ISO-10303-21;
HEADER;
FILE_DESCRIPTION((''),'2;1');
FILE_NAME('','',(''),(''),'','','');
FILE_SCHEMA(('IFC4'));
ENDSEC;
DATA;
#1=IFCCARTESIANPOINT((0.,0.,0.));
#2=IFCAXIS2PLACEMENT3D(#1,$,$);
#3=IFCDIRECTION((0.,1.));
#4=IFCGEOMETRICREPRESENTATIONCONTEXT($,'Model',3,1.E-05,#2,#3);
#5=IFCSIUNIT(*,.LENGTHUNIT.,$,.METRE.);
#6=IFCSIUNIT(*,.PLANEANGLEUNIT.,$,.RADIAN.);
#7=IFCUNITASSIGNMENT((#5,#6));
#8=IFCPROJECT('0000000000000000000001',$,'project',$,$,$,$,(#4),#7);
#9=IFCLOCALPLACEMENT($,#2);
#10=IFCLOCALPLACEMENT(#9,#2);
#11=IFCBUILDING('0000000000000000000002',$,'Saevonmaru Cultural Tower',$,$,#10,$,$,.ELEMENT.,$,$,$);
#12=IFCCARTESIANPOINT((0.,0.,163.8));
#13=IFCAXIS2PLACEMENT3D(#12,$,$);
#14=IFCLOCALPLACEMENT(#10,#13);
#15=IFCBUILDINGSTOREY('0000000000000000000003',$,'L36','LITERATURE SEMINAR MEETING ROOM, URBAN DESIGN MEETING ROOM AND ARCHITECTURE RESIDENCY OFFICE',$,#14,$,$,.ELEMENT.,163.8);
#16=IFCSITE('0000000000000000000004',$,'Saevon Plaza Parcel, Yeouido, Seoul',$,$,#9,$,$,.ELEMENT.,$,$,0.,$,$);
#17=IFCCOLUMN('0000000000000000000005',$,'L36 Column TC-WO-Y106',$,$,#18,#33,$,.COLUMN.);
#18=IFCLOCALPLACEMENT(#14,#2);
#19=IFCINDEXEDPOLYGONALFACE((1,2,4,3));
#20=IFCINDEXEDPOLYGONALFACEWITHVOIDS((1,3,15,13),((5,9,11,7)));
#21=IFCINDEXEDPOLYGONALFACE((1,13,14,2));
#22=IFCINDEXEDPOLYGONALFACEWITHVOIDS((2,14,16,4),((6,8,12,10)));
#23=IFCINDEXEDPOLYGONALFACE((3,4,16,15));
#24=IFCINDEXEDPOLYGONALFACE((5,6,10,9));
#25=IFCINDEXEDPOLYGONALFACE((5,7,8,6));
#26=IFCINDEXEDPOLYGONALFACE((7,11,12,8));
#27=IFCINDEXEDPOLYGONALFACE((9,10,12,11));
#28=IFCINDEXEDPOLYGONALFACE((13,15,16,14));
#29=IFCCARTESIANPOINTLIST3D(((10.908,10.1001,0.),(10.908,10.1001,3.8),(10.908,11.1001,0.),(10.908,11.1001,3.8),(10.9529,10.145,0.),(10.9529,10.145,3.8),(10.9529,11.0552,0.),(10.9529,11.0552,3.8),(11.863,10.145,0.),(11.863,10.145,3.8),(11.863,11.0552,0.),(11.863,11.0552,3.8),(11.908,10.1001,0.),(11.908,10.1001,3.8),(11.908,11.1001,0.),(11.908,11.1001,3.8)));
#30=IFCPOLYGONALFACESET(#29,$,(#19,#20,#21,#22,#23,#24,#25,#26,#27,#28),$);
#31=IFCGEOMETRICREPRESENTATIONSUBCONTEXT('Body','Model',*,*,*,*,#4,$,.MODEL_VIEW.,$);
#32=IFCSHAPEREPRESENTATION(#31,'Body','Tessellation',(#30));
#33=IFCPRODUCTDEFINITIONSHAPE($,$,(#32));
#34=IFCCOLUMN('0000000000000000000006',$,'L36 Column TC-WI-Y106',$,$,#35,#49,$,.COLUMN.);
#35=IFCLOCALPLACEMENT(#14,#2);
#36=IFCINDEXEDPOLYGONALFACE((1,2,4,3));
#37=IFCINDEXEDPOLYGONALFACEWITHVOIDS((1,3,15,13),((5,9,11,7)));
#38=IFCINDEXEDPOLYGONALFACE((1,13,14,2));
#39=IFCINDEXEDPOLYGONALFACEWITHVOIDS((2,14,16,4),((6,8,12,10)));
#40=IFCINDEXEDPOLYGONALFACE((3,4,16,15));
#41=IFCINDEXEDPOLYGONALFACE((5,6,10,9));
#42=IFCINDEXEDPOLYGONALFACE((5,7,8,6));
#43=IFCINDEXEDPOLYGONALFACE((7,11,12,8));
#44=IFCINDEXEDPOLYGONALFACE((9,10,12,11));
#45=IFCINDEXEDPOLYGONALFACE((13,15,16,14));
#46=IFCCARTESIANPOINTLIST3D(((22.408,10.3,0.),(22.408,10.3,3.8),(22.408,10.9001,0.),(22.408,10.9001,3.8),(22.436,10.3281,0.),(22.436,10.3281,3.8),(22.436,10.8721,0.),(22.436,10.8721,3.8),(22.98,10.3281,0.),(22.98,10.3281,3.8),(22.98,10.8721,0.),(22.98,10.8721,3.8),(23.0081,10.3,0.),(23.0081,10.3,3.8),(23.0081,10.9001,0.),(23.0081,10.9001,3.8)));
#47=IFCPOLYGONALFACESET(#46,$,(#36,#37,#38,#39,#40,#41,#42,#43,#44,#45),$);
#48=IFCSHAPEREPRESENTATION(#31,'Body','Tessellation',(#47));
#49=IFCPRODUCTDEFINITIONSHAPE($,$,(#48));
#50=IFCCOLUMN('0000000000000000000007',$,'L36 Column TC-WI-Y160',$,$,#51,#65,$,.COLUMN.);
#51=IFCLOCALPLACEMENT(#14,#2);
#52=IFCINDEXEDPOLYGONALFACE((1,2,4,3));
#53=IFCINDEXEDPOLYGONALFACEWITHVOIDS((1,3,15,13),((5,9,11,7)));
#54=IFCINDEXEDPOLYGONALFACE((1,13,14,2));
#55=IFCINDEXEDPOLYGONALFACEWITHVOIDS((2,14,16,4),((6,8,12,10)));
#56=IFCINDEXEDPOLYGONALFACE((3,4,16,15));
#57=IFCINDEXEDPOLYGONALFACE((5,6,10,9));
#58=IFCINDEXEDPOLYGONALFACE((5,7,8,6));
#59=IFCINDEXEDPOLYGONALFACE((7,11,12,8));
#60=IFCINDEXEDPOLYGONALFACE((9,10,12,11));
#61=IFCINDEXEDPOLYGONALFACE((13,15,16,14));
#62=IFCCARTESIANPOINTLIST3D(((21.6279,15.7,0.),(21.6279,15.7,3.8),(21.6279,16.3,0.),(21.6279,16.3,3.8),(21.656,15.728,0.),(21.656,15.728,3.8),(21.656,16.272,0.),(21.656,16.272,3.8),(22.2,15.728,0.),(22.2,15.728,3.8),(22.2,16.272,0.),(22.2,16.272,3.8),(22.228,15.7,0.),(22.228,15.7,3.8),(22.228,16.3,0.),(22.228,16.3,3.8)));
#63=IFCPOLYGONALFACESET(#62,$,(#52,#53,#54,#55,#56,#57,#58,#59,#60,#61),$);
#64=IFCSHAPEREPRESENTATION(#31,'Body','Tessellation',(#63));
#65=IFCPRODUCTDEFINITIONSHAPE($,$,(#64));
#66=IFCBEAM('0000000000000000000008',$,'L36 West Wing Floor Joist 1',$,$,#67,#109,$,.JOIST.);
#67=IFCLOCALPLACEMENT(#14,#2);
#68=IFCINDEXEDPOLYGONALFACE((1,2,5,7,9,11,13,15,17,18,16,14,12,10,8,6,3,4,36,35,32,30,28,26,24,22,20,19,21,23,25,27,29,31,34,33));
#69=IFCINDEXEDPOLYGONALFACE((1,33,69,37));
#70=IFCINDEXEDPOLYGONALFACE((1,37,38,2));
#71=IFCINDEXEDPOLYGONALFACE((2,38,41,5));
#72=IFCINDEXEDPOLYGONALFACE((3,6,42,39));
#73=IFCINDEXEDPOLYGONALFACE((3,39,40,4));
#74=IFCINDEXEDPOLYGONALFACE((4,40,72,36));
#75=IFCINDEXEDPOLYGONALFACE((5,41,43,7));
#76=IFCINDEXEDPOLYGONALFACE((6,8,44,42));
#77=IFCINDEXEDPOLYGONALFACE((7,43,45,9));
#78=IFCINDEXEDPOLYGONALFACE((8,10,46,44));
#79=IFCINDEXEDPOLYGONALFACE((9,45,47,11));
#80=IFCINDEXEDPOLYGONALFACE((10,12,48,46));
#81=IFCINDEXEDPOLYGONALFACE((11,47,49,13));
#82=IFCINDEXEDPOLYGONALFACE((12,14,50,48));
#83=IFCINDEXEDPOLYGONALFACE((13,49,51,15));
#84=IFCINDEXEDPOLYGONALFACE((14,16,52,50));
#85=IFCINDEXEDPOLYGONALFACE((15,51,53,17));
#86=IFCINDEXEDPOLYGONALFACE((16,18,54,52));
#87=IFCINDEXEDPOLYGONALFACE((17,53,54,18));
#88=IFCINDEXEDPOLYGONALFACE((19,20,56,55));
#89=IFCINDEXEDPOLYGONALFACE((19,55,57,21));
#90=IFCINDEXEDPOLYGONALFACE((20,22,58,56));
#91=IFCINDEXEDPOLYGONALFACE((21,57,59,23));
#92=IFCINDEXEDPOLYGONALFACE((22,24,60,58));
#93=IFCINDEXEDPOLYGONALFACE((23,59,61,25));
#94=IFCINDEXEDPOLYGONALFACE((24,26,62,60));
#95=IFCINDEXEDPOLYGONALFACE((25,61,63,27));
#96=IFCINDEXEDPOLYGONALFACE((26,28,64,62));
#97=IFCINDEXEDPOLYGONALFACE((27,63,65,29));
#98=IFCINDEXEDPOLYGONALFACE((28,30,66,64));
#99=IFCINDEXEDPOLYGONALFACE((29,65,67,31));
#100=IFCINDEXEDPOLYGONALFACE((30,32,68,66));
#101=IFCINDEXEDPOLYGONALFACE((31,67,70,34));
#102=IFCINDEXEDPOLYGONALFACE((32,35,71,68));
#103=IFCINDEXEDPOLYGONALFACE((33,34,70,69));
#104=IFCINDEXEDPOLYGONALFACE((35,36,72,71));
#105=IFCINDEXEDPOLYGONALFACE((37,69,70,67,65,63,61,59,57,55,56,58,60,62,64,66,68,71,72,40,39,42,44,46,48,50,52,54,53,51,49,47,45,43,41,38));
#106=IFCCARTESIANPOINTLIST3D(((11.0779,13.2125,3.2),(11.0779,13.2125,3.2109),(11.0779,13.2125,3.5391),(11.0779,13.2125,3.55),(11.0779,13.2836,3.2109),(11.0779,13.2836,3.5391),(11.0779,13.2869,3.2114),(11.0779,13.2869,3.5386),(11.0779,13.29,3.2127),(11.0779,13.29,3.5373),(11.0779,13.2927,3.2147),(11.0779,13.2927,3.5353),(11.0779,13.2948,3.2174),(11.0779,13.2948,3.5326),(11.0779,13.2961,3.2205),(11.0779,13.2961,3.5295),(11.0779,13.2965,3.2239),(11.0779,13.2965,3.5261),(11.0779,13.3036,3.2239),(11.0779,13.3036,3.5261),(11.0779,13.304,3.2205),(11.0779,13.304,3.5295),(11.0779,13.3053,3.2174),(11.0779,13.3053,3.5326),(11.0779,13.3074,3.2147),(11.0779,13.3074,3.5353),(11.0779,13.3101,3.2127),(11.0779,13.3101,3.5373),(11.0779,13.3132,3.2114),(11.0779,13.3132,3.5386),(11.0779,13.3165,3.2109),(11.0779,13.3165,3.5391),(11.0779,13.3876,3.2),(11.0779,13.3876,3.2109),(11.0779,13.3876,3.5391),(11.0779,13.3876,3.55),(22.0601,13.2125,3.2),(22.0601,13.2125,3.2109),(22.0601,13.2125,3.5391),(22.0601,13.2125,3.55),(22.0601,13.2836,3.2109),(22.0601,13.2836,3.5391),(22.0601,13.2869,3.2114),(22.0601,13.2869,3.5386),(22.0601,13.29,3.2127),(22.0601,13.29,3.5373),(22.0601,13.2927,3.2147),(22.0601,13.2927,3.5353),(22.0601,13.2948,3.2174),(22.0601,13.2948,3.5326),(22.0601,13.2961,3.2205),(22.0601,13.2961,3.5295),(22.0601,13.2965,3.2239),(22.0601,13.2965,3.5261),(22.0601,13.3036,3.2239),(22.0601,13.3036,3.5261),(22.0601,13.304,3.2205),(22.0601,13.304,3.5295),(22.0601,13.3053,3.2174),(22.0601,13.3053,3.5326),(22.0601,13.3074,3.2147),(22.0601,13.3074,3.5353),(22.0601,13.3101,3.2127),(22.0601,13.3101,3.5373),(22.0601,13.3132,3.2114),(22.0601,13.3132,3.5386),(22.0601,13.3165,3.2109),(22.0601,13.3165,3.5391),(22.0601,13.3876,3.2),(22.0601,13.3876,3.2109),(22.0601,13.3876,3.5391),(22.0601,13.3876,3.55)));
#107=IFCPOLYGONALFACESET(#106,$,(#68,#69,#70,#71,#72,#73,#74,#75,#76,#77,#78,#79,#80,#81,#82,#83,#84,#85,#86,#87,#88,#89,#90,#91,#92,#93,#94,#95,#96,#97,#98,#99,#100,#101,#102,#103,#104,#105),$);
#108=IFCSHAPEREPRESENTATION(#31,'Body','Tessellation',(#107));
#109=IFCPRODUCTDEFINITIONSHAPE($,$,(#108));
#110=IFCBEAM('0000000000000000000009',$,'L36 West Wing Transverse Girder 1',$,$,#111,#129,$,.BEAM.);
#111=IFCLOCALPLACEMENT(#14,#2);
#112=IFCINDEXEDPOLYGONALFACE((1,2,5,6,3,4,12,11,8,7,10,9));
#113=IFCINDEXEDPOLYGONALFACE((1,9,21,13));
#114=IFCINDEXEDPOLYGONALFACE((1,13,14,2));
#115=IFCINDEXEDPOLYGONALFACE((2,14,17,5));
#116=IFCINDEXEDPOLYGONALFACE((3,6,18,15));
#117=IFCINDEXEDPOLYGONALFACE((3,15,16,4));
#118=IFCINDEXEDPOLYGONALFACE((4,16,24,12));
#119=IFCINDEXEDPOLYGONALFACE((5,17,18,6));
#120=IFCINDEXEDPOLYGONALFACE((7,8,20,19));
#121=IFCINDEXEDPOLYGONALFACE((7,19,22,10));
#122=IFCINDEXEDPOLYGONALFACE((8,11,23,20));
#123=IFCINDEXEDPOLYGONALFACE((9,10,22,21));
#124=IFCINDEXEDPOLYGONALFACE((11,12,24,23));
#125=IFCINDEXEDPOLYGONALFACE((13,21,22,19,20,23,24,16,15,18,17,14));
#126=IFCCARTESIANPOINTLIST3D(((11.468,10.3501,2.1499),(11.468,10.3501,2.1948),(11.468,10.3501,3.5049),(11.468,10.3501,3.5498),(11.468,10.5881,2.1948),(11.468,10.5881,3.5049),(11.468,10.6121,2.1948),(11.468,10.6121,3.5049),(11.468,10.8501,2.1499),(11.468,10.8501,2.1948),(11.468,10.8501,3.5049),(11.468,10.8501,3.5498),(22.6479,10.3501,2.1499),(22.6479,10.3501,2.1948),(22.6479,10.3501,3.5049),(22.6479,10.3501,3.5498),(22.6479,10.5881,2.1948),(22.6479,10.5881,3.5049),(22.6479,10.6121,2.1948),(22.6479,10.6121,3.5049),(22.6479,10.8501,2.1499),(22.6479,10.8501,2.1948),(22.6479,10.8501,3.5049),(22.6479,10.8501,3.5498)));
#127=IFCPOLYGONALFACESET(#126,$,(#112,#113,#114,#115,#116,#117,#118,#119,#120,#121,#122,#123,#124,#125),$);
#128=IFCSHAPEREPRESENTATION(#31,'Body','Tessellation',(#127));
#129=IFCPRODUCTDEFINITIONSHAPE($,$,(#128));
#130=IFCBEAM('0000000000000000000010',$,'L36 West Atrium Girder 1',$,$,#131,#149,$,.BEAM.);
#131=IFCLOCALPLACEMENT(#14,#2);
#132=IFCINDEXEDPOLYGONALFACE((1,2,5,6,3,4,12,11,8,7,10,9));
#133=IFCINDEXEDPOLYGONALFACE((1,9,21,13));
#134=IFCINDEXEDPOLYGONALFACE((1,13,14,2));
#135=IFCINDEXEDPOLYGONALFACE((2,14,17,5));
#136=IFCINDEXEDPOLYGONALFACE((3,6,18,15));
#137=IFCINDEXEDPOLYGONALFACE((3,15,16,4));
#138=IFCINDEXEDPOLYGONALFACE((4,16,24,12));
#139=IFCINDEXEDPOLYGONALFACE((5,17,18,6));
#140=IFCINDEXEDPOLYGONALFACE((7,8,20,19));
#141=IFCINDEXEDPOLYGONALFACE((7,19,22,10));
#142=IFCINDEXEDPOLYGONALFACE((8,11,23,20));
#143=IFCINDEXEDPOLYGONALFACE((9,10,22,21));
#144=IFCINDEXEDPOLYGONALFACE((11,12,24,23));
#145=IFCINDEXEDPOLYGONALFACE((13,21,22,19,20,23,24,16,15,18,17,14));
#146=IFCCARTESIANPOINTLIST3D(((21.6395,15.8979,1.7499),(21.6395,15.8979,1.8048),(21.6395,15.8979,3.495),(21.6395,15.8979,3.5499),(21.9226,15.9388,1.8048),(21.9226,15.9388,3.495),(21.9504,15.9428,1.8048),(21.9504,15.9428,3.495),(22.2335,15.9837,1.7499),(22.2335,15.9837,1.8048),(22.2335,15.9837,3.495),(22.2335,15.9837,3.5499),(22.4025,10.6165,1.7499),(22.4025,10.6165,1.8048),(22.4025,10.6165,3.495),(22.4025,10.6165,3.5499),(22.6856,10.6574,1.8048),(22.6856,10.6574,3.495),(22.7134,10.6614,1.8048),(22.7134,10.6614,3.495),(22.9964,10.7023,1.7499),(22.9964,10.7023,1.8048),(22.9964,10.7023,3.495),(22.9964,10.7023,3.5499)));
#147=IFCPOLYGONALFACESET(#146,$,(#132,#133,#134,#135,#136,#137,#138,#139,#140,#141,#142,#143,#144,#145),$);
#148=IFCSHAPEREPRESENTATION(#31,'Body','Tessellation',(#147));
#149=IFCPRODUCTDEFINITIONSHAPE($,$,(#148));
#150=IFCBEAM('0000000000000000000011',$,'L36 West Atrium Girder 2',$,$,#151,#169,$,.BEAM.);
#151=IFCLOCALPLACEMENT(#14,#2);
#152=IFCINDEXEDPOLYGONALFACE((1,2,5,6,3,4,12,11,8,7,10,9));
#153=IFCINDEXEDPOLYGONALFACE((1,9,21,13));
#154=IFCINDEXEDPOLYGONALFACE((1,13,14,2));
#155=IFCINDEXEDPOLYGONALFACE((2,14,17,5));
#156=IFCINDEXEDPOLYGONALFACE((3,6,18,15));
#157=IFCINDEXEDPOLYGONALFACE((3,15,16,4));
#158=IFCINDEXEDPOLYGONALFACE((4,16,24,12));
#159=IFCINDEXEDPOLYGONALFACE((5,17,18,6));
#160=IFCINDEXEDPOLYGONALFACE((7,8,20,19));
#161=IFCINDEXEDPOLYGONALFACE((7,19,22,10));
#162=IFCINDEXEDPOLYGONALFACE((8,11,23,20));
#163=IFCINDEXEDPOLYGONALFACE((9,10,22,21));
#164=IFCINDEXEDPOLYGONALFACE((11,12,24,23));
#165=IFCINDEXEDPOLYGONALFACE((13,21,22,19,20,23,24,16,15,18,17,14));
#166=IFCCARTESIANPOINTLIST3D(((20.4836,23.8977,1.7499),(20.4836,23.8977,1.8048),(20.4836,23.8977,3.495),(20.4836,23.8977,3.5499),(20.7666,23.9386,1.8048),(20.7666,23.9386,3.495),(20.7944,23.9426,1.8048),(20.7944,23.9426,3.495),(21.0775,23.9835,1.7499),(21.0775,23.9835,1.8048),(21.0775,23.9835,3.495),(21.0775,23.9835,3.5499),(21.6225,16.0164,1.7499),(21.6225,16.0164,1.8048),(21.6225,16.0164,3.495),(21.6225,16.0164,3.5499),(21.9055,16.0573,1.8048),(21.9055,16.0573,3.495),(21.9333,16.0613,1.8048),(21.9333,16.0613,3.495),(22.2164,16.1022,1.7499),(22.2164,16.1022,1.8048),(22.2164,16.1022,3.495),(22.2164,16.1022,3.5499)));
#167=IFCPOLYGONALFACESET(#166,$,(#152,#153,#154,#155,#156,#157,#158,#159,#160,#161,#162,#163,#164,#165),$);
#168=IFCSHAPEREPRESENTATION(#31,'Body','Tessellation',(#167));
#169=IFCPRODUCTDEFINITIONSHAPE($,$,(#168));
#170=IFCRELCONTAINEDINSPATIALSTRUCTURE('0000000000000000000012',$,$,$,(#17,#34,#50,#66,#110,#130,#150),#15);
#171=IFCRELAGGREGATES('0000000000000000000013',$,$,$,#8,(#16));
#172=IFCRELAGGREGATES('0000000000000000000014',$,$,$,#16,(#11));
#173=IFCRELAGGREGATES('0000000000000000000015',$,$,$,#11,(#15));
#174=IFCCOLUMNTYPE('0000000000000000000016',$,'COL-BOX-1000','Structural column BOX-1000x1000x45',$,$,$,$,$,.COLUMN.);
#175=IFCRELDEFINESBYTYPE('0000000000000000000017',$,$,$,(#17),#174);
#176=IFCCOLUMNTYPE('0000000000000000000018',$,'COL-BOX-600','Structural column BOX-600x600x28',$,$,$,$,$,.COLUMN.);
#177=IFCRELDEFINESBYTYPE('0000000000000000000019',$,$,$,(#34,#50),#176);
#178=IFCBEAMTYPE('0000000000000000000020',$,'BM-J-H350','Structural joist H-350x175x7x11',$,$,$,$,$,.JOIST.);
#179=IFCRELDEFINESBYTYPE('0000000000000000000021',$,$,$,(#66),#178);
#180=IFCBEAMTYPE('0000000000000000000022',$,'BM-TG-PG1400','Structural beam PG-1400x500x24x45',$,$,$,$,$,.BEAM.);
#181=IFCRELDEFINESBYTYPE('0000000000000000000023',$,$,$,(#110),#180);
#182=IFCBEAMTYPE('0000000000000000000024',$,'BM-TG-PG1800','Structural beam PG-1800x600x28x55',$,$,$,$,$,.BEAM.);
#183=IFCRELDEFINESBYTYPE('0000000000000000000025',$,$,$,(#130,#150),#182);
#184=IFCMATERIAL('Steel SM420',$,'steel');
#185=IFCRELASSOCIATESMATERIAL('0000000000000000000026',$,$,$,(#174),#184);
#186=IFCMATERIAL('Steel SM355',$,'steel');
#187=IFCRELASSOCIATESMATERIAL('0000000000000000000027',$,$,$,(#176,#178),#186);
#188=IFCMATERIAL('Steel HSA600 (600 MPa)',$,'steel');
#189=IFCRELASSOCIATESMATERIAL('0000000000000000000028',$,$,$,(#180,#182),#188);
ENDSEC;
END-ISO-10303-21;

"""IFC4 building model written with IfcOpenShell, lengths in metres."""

from ifc_helpers import new_model, si_unit, direction, frame, origin, origin_2d, place, context, subcontext, project, spatial, hollow_rectangle, i_section, extrude, material, material_profile, profile_set, type_object, element, save


model = new_model("IFC4")

# Units and contexts
model_context = context("Model", 3, precision=1e-05, world=origin(), true_north=direction((0.0, 1.0)))
body_context = subcontext(model_context, "Body", "Model", "MODEL_VIEW")
ifc_project = project(units=[si_unit("LENGTHUNIT", "METRE"), si_unit("PLANEANGLEUNIT", "RADIAN")], contexts=[model_context])

# Site, building, storey
site_placement = place(None, origin())
site = spatial("IfcSite", under=ifc_project, at=site_placement, Name="Saevon Plaza Parcel, Yeouido, Seoul", CompositionType="ELEMENT", RefElevation=0.0)
building_placement = place(site_placement, origin())
building = spatial("IfcBuilding", under=site, at=building_placement, Name="Saevonmaru Cultural Tower", CompositionType="ELEMENT")
storey_placement = place(building_placement, frame((0.0, 0.0, 163.8)))
storey = spatial("IfcBuildingStorey", under=building, at=storey_placement, Name="L36", Description="LITERATURE SEMINAR MEETING ROOM, URBAN DESIGN MEETING ROOM AND ARCHITECTURE RESIDENCY OFFICE", CompositionType="ELEMENT", Elevation=163.8)

# Columns
ifc_material_1 = material(Name="Steel SM420", Category="steel")
ifc_material_profile_1 = material_profile(ifc_material_1, hollow_rectangle(XDim=1.0, YDim=1.0, WallThickness=0.0449, at=origin_2d()), Name="BOX-1000x1000x45")
ifc_profile_set_1 = profile_set([ifc_material_profile_1], Name="Steel SM420")
column_type_1 = type_object("IfcColumnType", Name="COL-BOX-1000", Description="Structural column BOX-1000x1000x45", PredefinedType="COLUMN", material=ifc_profile_set_1)
column_placement = place(storey_placement, frame((11.408, 10.6001, 0.0), z_axis=(0.0, 0.0, 1.0), x_axis=(1.0, 0.0, 0.0)))
element("IfcColumn", 1, at=column_placement, inside=storey, type_object=column_type_1, Name="L36 Column TC-WO-Y106", PredefinedType="COLUMN", context=body_context, shape_type="SweptSolid", body=[
    extrude(hollow_rectangle(XDim=1.0, YDim=1.0, WallThickness=0.0449, at=origin_2d()), origin(), (0.0, 0.0, 1.0), 3.8),
])
ifc_material_2 = material(Name="Steel SM355", Category="steel")
ifc_material_profile_2 = material_profile(ifc_material_2, hollow_rectangle(XDim=0.6001, YDim=0.6001, WallThickness=0.0281, at=origin_2d()), Name="BOX-600x600x28")
ifc_profile_set_2 = profile_set([ifc_material_profile_2], Name="Steel SM355")
column_type_2 = type_object("IfcColumnType", Name="COL-BOX-600", Description="Structural column BOX-600x600x28", PredefinedType="COLUMN", material=ifc_profile_set_2)
for number, where, z_axis, x_axis, name in (
    (2, (22.708, 10.6001, 0.0), (0.0, 0.0, 1.0), (1.0, 0.0, 0.0), "L36 Column TC-WI-Y106"),
    (3, (21.928, 16.0, 0.0), (0.0, 0.0, 1.0), (1.0, 0.0, 0.0), "L36 Column TC-WI-Y160"),
):
    element("IfcColumn", number, at=place(storey_placement, frame(where, z_axis=z_axis, x_axis=x_axis)), inside=storey, type_object=column_type_2, Name=name, PredefinedType="COLUMN", context=body_context, shape_type="SweptSolid", body=[
        extrude(hollow_rectangle(XDim=0.6001, YDim=0.6001, WallThickness=0.0281, at=origin_2d()), origin(), (0.0, 0.0, 1.0), 3.8),
    ])

# Beams
ifc_material_profile_3 = material_profile(ifc_material_2, i_section(OverallWidth=0.175, OverallDepth=0.3501, WebThickness=0.0071, FlangeThickness=0.011, FilletRadius=0.0129, at=origin_2d()), Name="H-350x175x7x11")
ifc_profile_set_3 = profile_set([ifc_material_profile_3], Name="Steel SM355")
beam_type_1 = type_object("IfcBeamType", Name="BM-J-H350", Description="Structural joist H-350x175x7x11", PredefinedType="JOIST", material=ifc_profile_set_3)
beam_1_placement = place(storey_placement, frame((11.0779, 13.3, 3.375), z_axis=(1.0, 0.0, 0.0), x_axis=(0.0, 1.0, 0.0)))
element("IfcBeam", 4, at=beam_1_placement, inside=storey, type_object=beam_type_1, Name="L36 West Wing Floor Joist 1", PredefinedType="JOIST", context=body_context, shape_type="SweptSolid", body=[
    extrude(i_section(OverallWidth=0.175, OverallDepth=0.3501, WebThickness=0.0071, FlangeThickness=0.011, FilletRadius=0.0129, at=origin_2d()), origin(), (0.0, 0.0, 1.0), 10.9822),
])
ifc_material_3 = material(Name="Steel HSA600 (600 MPa)", Category="steel")
ifc_material_profile_4 = material_profile(ifc_material_3, i_section(OverallWidth=0.5, OverallDepth=1.3999, WebThickness=0.0239, FlangeThickness=0.0449, at=origin_2d()), Name="PG-1400x500x24x45")
ifc_profile_set_4 = profile_set([ifc_material_profile_4], Name="Steel HSA600 (600 MPa)")
beam_type_2 = type_object("IfcBeamType", Name="BM-TG-PG1400", Description="Structural beam PG-1400x500x24x45", PredefinedType="BEAM", material=ifc_profile_set_4)
beam_2_placement = place(storey_placement, frame((11.468, 10.6001, 2.8499), z_axis=(1.0, 0.0, 0.0), x_axis=(0.0, 1.0, 0.0)))
element("IfcBeam", 5, at=beam_2_placement, inside=storey, type_object=beam_type_2, Name="L36 West Wing Transverse Girder 1", PredefinedType="BEAM", context=body_context, shape_type="SweptSolid", body=[
    extrude(i_section(OverallWidth=0.5, OverallDepth=1.3999, WebThickness=0.0239, FlangeThickness=0.0449, at=origin_2d()), origin(), (0.0, 0.0, 1.0), 11.1799),
])
ifc_material_profile_5 = material_profile(ifc_material_3, i_section(OverallWidth=0.6001, OverallDepth=1.8, WebThickness=0.0281, FlangeThickness=0.0549, at=origin_2d()), Name="PG-1800x600x28x55")
ifc_profile_set_5 = profile_set([ifc_material_profile_5], Name="Steel HSA600 (600 MPa)")
beam_type_3 = type_object("IfcBeamType", Name="BM-TG-PG1800", Description="Structural beam PG-1800x600x28x55", PredefinedType="BEAM", material=ifc_profile_set_5)
beam_3_placement = place(storey_placement, frame((22.6995, 10.6594, 2.6499), z_axis=(-0.142978, 0.989726, 0.0), x_axis=(-0.989726, -0.142978, 0.0)))
element("IfcBeam", 6, at=beam_3_placement, inside=storey, type_object=beam_type_3, Name="L36 West Atrium Girder 1", PredefinedType="BEAM", context=body_context, shape_type="SweptSolid", body=[
    extrude(i_section(OverallWidth=0.6001, OverallDepth=1.8, WebThickness=0.0281, FlangeThickness=0.0549, at=origin_2d()), origin(), (0.0, 0.0, 1.0), 5.3362),
])
beam_4_placement = place(storey_placement, frame((21.9194, 16.0593, 2.6499), z_axis=(-0.143022, 0.989719, 0.0), x_axis=(-0.989719, -0.143022, 0.0)))
element("IfcBeam", 7, at=beam_4_placement, inside=storey, type_object=beam_type_3, Name="L36 West Atrium Girder 2", PredefinedType="BEAM", context=body_context, shape_type="SweptSolid", body=[
    extrude(i_section(OverallWidth=0.6001, OverallDepth=1.8, WebThickness=0.0281, FlangeThickness=0.0549, at=origin_2d()), origin(), (0.0, 0.0, 1.0), 7.9631),
])

save(model, "model.ifc")
